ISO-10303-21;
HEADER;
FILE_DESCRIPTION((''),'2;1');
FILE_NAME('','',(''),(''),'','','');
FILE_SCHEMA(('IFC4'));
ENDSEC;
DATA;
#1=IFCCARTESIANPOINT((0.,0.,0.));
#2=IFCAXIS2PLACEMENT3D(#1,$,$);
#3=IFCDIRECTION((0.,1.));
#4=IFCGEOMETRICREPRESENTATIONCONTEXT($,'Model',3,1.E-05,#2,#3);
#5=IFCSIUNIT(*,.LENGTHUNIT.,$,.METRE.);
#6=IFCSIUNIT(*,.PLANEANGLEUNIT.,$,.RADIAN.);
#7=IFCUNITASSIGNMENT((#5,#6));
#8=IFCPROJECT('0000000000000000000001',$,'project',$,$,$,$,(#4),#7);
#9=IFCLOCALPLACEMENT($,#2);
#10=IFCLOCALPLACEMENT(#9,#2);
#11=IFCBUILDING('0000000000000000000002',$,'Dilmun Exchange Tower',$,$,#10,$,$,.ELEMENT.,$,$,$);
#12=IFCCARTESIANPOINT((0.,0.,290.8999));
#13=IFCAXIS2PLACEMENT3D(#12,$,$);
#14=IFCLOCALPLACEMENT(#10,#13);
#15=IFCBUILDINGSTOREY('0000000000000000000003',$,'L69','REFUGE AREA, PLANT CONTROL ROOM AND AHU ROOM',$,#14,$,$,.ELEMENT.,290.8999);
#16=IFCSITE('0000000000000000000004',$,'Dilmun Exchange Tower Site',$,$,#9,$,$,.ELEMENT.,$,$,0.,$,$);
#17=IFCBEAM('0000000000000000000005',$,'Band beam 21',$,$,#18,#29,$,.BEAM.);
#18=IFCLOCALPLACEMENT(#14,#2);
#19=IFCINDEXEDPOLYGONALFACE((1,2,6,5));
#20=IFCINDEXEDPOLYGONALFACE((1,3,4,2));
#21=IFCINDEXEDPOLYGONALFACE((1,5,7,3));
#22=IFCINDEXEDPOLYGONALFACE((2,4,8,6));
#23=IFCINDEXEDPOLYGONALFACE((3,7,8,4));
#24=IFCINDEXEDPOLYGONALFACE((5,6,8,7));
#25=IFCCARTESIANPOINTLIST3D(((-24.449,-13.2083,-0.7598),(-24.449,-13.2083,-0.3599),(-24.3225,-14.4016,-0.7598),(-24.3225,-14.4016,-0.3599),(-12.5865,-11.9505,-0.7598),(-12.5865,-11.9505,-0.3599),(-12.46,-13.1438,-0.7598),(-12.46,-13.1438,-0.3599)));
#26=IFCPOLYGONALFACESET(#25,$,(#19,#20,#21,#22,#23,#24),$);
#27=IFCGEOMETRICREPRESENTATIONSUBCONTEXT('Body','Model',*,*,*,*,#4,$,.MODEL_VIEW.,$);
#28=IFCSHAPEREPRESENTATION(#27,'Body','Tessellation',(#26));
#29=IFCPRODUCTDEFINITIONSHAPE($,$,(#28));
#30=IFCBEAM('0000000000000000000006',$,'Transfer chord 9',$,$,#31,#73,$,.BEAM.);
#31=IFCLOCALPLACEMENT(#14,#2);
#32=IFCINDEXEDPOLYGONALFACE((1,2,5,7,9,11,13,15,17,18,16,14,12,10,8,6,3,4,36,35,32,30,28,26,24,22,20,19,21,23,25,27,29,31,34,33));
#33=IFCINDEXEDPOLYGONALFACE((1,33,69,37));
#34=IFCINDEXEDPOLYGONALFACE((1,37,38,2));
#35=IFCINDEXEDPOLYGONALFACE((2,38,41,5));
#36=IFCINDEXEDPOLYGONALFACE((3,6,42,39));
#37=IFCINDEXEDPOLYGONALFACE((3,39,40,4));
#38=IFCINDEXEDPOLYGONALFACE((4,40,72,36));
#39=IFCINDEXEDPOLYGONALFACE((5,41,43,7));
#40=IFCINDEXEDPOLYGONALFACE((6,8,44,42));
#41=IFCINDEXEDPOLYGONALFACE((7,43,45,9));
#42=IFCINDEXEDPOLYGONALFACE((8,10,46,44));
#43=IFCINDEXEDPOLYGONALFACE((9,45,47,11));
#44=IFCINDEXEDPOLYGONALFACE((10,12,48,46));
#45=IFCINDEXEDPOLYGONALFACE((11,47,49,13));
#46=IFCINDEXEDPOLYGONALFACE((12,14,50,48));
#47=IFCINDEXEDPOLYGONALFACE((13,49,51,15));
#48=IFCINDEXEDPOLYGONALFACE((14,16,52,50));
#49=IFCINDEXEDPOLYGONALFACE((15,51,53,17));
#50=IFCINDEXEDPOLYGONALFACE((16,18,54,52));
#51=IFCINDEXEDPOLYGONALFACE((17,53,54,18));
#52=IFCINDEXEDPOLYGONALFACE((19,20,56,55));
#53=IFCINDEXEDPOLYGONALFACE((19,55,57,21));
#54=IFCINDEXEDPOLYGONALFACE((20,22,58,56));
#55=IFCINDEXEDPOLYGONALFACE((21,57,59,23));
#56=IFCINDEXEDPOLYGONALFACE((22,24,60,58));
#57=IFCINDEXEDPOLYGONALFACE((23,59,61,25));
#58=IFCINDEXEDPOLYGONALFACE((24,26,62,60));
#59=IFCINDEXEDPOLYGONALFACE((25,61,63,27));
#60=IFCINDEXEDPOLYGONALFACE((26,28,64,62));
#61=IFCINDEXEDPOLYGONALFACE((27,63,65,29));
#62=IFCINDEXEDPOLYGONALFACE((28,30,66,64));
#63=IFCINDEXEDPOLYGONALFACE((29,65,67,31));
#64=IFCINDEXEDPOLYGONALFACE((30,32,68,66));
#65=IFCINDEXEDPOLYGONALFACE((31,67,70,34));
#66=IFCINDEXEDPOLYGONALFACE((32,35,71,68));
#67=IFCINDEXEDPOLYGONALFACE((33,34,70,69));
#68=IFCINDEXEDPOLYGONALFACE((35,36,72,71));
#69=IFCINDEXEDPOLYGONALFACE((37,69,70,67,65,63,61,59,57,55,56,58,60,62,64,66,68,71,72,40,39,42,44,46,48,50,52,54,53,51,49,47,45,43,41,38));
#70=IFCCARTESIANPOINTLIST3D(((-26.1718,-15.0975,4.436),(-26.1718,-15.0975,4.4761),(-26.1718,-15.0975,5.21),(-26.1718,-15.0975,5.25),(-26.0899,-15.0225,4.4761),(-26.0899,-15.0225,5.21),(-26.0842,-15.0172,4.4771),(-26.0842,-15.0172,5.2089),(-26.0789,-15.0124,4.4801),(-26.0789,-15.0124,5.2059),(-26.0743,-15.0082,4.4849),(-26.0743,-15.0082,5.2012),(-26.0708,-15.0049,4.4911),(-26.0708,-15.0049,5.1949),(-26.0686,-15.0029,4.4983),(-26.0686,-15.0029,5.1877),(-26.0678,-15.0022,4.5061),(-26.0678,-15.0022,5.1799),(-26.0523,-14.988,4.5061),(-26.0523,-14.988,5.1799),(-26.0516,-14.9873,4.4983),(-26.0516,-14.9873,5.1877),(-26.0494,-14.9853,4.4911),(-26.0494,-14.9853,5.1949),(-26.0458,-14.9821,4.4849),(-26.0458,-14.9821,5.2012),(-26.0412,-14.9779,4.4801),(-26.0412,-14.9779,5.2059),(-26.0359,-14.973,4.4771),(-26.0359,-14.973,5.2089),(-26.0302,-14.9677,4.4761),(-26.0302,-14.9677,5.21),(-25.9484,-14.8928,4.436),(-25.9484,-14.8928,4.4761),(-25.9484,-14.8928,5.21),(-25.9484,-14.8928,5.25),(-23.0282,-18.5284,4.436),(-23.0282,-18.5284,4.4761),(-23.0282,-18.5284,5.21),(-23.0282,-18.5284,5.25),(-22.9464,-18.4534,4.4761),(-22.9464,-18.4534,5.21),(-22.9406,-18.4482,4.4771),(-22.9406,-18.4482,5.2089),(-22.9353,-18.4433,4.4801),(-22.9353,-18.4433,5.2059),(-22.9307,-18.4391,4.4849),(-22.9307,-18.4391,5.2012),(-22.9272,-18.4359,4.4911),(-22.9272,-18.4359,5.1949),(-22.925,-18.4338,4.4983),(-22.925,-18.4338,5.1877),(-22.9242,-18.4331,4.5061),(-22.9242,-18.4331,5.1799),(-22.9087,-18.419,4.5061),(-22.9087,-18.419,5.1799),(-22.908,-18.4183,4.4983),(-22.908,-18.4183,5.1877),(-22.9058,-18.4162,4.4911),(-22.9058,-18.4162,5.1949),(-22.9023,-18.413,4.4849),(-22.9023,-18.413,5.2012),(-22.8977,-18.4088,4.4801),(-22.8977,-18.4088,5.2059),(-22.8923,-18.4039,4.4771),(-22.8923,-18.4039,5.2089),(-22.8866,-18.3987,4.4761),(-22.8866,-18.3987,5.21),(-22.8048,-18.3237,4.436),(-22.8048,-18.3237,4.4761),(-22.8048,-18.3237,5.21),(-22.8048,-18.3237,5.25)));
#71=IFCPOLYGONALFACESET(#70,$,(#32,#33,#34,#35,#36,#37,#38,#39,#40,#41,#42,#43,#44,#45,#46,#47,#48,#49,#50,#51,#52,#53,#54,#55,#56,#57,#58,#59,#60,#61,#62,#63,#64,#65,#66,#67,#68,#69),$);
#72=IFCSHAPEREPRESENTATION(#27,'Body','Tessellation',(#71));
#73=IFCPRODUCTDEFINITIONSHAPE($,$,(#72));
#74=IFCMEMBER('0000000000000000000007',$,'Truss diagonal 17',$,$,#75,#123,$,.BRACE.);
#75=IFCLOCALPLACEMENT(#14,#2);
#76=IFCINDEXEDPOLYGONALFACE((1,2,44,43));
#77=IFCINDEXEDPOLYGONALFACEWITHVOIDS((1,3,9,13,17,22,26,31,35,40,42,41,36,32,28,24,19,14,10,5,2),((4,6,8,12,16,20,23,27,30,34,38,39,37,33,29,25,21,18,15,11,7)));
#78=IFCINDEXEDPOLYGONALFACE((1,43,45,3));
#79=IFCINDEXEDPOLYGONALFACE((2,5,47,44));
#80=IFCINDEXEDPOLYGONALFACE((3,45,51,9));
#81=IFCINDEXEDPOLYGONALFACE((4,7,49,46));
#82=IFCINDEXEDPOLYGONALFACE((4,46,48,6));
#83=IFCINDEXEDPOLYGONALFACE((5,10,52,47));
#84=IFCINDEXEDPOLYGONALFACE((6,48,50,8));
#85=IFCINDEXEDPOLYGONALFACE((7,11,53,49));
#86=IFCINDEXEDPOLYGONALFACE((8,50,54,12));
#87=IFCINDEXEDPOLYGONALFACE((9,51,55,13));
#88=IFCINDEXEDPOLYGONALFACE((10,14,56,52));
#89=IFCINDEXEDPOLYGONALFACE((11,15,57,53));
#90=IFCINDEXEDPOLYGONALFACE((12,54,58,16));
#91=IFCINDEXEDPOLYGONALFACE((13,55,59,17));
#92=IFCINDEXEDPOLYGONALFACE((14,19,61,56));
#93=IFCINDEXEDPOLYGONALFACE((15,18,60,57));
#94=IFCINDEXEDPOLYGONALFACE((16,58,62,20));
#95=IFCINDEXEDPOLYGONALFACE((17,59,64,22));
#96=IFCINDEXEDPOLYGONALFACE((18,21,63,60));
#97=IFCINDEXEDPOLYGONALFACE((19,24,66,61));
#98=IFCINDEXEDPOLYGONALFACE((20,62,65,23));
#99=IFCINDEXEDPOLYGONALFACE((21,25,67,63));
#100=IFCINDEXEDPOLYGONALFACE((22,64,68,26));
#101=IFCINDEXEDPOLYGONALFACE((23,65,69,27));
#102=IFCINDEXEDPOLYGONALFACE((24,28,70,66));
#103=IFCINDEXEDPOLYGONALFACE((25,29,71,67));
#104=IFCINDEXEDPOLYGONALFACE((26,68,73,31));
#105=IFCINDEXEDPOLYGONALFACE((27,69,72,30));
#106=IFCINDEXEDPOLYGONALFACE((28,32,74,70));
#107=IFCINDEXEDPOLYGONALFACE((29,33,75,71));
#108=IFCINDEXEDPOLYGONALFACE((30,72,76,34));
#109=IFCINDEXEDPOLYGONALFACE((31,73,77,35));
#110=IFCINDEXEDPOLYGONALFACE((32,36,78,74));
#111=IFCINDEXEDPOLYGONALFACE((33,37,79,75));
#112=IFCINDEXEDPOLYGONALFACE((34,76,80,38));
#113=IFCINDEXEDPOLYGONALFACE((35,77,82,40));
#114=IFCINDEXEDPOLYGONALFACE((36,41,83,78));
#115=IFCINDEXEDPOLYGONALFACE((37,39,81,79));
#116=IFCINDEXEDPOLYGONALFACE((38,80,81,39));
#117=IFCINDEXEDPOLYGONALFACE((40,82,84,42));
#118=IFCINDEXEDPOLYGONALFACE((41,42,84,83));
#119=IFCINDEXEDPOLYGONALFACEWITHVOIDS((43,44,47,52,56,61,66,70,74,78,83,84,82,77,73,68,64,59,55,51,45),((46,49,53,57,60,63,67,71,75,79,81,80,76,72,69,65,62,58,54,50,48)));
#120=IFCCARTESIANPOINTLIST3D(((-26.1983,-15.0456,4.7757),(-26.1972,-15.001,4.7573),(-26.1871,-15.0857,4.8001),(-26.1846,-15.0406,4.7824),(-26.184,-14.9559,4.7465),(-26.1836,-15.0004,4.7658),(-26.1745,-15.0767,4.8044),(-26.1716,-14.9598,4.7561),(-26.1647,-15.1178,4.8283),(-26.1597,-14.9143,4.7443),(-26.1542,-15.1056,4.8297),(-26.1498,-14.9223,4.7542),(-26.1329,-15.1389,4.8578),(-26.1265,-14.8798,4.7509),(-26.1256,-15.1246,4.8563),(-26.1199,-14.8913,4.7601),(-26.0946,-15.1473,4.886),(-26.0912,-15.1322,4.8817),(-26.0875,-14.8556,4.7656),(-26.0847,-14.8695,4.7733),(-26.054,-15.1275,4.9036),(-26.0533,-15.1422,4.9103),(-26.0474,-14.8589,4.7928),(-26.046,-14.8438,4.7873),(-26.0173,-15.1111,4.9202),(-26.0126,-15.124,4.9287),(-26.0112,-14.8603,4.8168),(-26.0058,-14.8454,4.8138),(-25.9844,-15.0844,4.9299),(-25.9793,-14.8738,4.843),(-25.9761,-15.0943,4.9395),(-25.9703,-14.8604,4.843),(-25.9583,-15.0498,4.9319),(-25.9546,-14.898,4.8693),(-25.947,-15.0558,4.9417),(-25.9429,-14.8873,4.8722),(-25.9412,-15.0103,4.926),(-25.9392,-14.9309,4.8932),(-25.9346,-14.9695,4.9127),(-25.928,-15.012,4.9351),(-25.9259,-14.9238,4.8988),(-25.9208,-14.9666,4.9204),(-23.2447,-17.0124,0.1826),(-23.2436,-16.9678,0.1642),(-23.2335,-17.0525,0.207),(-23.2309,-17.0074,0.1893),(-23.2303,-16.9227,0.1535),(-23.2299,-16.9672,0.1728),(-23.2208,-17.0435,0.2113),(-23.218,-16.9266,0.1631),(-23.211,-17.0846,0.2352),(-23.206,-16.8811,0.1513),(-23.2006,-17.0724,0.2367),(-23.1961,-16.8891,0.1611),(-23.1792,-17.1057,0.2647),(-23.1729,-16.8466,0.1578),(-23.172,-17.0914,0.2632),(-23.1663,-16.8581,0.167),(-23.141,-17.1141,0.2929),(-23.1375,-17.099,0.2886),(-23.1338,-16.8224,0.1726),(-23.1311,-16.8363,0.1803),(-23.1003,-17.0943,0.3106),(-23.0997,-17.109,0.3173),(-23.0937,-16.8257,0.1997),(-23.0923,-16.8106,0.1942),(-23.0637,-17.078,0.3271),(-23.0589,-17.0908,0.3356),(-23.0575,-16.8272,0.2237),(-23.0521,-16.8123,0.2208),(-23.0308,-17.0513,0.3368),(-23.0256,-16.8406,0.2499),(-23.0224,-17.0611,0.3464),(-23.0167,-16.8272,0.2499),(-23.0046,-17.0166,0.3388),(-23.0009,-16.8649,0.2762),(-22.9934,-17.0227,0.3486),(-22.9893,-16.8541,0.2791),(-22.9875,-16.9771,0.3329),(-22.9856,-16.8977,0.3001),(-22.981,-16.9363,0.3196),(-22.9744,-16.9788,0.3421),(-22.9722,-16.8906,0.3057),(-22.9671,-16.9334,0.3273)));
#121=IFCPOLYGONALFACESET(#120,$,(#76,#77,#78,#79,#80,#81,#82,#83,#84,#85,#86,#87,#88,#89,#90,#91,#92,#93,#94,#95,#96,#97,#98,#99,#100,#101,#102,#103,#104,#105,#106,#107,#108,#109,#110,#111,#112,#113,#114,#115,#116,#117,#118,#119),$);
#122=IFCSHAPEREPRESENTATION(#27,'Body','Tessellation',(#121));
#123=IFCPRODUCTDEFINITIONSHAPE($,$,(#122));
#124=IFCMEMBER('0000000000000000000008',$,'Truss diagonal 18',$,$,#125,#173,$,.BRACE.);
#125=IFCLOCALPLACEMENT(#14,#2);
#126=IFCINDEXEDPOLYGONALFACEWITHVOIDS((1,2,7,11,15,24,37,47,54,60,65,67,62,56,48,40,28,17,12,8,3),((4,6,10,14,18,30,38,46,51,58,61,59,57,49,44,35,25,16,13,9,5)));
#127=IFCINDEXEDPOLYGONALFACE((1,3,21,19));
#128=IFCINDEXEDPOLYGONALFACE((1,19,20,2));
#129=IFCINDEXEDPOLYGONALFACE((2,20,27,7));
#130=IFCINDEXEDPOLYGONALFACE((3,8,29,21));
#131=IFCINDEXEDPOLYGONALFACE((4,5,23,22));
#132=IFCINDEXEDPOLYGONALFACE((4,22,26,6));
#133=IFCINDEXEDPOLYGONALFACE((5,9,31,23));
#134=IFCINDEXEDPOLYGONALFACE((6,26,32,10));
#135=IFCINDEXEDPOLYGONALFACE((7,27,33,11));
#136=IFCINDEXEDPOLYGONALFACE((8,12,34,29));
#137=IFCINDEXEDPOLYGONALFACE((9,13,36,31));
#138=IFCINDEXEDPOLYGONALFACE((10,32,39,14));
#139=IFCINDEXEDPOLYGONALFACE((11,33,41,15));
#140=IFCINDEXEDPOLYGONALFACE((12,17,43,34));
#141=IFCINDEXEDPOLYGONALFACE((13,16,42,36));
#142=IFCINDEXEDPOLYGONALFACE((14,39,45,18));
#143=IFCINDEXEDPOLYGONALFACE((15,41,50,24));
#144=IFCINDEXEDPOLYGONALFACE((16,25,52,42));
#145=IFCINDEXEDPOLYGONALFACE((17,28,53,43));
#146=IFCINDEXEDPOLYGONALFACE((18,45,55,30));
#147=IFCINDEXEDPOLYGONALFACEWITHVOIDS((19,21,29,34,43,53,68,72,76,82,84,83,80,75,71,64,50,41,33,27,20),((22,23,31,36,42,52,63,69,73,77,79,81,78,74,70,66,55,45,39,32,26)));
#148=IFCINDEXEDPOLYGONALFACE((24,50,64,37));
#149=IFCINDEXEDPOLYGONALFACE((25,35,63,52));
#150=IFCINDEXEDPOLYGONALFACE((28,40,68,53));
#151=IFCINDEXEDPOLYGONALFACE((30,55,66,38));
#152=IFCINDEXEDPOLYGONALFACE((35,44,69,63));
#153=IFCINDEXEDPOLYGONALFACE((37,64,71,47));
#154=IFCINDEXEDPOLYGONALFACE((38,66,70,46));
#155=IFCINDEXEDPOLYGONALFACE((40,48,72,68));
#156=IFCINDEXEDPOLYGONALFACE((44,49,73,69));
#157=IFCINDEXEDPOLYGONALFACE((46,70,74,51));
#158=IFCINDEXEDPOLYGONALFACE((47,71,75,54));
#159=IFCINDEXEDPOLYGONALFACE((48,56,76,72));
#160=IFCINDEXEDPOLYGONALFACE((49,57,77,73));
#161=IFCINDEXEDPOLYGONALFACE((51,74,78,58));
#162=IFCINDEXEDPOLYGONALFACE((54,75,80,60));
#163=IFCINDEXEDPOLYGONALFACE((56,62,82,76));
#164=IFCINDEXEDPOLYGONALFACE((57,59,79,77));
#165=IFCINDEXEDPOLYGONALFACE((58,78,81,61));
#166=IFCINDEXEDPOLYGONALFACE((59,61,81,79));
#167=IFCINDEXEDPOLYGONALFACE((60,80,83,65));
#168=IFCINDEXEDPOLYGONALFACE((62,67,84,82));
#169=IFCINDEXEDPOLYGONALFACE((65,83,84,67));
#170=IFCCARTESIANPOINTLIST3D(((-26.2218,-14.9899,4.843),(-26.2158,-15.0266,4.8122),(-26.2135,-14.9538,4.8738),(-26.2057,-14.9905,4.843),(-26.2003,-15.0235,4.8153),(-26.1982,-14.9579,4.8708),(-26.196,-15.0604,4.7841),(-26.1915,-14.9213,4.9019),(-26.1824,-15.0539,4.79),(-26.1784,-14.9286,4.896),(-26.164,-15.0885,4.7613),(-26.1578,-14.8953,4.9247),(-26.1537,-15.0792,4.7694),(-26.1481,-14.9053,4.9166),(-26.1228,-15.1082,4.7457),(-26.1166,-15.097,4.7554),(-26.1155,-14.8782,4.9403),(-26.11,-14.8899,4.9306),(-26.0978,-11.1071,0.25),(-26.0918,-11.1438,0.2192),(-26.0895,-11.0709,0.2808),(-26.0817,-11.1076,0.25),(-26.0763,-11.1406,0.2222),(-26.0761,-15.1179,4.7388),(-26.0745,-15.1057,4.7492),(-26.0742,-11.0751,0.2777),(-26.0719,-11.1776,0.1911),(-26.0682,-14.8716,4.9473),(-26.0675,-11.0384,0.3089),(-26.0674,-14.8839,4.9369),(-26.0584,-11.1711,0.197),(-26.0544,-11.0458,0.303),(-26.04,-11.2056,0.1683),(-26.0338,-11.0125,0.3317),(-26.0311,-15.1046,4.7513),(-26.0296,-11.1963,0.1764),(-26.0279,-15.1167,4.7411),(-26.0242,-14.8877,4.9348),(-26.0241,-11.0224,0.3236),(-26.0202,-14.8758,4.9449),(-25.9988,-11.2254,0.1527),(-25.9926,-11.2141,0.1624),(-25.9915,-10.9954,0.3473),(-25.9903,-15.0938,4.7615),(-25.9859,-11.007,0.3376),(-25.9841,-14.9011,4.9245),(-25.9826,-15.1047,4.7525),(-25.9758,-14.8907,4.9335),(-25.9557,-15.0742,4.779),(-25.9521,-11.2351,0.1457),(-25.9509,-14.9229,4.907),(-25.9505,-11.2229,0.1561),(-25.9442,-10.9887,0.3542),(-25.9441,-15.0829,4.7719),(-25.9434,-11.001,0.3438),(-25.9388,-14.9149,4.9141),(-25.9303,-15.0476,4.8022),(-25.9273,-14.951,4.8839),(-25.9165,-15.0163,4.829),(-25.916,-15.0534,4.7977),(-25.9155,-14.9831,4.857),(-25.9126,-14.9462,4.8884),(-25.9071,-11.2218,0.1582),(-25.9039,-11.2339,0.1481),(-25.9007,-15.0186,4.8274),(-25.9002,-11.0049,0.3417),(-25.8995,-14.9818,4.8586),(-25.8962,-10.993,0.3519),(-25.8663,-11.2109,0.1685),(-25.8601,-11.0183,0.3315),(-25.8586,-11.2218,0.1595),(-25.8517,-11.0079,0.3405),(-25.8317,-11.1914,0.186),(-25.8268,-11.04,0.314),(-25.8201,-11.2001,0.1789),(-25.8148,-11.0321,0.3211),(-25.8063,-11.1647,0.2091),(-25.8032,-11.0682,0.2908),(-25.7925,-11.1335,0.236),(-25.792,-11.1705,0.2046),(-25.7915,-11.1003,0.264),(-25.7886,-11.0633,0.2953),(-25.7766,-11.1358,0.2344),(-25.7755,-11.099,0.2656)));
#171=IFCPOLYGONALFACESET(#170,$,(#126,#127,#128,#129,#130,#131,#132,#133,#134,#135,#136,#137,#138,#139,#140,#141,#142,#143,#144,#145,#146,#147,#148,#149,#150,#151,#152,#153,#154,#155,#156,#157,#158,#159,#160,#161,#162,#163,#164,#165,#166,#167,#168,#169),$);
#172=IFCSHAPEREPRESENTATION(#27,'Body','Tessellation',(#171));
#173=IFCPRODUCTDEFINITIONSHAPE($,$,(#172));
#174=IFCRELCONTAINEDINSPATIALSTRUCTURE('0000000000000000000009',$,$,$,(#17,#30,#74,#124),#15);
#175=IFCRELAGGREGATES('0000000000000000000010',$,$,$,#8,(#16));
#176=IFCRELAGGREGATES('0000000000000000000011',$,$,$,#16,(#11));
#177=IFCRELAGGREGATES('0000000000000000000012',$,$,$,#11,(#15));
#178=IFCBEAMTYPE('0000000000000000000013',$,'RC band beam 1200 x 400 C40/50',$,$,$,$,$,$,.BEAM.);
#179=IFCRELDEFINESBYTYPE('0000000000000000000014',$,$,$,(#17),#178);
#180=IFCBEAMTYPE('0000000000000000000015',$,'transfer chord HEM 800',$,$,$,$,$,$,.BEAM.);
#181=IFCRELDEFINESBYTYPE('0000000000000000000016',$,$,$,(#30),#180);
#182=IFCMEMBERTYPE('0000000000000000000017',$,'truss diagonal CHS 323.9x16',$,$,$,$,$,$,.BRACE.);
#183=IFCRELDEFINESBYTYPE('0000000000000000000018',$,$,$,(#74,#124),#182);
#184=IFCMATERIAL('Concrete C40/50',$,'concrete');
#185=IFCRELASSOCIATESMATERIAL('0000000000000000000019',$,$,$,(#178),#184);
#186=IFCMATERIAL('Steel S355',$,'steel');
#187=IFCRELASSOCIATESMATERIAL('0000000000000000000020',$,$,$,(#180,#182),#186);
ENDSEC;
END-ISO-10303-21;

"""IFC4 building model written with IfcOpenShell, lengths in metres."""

from ifc_helpers import new_model, si_unit, direction, frame, origin, origin_2d, place, context, subcontext, project, spatial, rectangle, hollow_circle, i_section, extrude, material, material_profile, profile_set, type_object, element, save


model = new_model("IFC4")

# Units and contexts
model_context = context("Model", 3, precision=1e-05, world=origin(), true_north=direction((0.0, 1.0)))
body_context = subcontext(model_context, "Body", "Model", "MODEL_VIEW")
ifc_project = project(units=[si_unit("LENGTHUNIT", "METRE"), si_unit("PLANEANGLEUNIT", "RADIAN")], contexts=[model_context])

# Site, building, storey
site_placement = place(None, origin())
site = spatial("IfcSite", under=ifc_project, at=site_placement, Name="Dilmun Exchange Tower Site", CompositionType="ELEMENT", RefElevation=0.0)
building_placement = place(site_placement, origin())
building = spatial("IfcBuilding", under=site, at=building_placement, Name="Dilmun Exchange Tower", CompositionType="ELEMENT")
storey_placement = place(building_placement, frame((0.0, 0.0, 290.8999)))
storey = spatial("IfcBuildingStorey", under=building, at=storey_placement, Name="L69", Description="REFUGE AREA, PLANT CONTROL ROOM AND AHU ROOM", CompositionType="ELEMENT", Elevation=290.8999)

# Beams
ifc_material_1 = material(Name="Concrete C40/50", Category="concrete")
ifc_material_profile_1 = material_profile(ifc_material_1, rectangle(XDim=1.2, YDim=0.3999, at=origin_2d()), Name="1200 x 400")
ifc_profile_set_1 = profile_set([ifc_material_profile_1], Name="Concrete C40/50")
beam_type_1 = type_object("IfcBeamType", Name="RC band beam 1200 x 400 C40/50", PredefinedType="BEAM", material=ifc_profile_set_1)
beam_1_placement = place(storey_placement, frame((-24.3857, -13.8049, -0.5598), z_axis=(0.994426, 0.105441, 0.0), x_axis=(-0.105441, 0.994426, 0.0)))
element("IfcBeam", 1, at=beam_1_placement, inside=storey, type_object=beam_type_1, Name="Band beam 21", PredefinedType="BEAM", context=body_context, shape_type="SweptSolid", body=[
    extrude(rectangle(XDim=1.2, YDim=0.3999, at=origin_2d()), origin(), (0.0, 0.0, 1.0), 11.929),
])
ifc_material_2 = material(Name="Steel S355", Category="steel")
ifc_material_profile_2 = material_profile(ifc_material_2, i_section(OverallWidth=0.303, OverallDepth=0.814, WebThickness=0.021, FlangeThickness=0.04, FilletRadius=0.03, at=origin_2d()), Name="HEM 800")
ifc_profile_set_2 = profile_set([ifc_material_profile_2], Name="Steel S355")
beam_type_2 = type_object("IfcBeamType", Name="transfer chord HEM 800", PredefinedType="BEAM", material=ifc_profile_set_2)
beam_2_placement = place(storey_placement, frame((-26.0601, -14.9951, 4.843), z_axis=(0.675556, -0.737309, 0.0), x_axis=(0.737309, 0.675556, 0.0)))
element("IfcBeam", 2, at=beam_2_placement, inside=storey, type_object=beam_type_2, Name="Transfer chord 9", PredefinedType="BEAM", context=body_context, shape_type="SweptSolid", body=[
    extrude(i_section(OverallWidth=0.303, OverallDepth=0.814, WebThickness=0.021, FlangeThickness=0.04, FilletRadius=0.03, at=origin_2d()), origin(), (0.0, 0.0, 1.0), 4.6533),
])

# Members
ifc_material_profile_3 = material_profile(ifc_material_2, hollow_circle(Radius=0.1619, WallThickness=0.0161, at=origin_2d()), Name="CHS 323.9x16")
ifc_profile_set_3 = profile_set([ifc_material_profile_3], Name="Steel S355")
member_type = type_object("IfcMemberType", Name="truss diagonal CHS 323.9x16", PredefinedType="BRACE", material=ifc_profile_set_3)
member_1_placement = place(storey_placement, frame((-26.0601, -14.9951, 4.843), z_axis=(0.508881, -0.338862, -0.791336), x_axis=(0.554256, 0.832347, 0.0)))
element("IfcMember", 3, at=member_1_placement, inside=storey, type_object=member_type, Name="Truss diagonal 17", PredefinedType="BRACE", context=body_context, shape_type="SweptSolid", body=[
    extrude(hollow_circle(Radius=0.1619, WallThickness=0.0161, at=origin_2d()), origin(), (0.0, 0.0, 1.0), 5.8042),
])
member_2_placement = place(storey_placement, frame((-26.0601, -14.9951, 4.843), z_axis=(0.020617, 0.645457, -0.763518), x_axis=(-0.99949, 0.031925, 0.0)))
element("IfcMember", 4, at=member_2_placement, inside=storey, type_object=member_type, Name="Truss diagonal 18", PredefinedType="BRACE", context=body_context, shape_type="SweptSolid", body=[
    extrude(hollow_circle(Radius=0.1619, WallThickness=0.0161, at=origin_2d()), origin(), (0.0, 0.0, 1.0), 6.0156),
])

save(model, "model.ifc")
